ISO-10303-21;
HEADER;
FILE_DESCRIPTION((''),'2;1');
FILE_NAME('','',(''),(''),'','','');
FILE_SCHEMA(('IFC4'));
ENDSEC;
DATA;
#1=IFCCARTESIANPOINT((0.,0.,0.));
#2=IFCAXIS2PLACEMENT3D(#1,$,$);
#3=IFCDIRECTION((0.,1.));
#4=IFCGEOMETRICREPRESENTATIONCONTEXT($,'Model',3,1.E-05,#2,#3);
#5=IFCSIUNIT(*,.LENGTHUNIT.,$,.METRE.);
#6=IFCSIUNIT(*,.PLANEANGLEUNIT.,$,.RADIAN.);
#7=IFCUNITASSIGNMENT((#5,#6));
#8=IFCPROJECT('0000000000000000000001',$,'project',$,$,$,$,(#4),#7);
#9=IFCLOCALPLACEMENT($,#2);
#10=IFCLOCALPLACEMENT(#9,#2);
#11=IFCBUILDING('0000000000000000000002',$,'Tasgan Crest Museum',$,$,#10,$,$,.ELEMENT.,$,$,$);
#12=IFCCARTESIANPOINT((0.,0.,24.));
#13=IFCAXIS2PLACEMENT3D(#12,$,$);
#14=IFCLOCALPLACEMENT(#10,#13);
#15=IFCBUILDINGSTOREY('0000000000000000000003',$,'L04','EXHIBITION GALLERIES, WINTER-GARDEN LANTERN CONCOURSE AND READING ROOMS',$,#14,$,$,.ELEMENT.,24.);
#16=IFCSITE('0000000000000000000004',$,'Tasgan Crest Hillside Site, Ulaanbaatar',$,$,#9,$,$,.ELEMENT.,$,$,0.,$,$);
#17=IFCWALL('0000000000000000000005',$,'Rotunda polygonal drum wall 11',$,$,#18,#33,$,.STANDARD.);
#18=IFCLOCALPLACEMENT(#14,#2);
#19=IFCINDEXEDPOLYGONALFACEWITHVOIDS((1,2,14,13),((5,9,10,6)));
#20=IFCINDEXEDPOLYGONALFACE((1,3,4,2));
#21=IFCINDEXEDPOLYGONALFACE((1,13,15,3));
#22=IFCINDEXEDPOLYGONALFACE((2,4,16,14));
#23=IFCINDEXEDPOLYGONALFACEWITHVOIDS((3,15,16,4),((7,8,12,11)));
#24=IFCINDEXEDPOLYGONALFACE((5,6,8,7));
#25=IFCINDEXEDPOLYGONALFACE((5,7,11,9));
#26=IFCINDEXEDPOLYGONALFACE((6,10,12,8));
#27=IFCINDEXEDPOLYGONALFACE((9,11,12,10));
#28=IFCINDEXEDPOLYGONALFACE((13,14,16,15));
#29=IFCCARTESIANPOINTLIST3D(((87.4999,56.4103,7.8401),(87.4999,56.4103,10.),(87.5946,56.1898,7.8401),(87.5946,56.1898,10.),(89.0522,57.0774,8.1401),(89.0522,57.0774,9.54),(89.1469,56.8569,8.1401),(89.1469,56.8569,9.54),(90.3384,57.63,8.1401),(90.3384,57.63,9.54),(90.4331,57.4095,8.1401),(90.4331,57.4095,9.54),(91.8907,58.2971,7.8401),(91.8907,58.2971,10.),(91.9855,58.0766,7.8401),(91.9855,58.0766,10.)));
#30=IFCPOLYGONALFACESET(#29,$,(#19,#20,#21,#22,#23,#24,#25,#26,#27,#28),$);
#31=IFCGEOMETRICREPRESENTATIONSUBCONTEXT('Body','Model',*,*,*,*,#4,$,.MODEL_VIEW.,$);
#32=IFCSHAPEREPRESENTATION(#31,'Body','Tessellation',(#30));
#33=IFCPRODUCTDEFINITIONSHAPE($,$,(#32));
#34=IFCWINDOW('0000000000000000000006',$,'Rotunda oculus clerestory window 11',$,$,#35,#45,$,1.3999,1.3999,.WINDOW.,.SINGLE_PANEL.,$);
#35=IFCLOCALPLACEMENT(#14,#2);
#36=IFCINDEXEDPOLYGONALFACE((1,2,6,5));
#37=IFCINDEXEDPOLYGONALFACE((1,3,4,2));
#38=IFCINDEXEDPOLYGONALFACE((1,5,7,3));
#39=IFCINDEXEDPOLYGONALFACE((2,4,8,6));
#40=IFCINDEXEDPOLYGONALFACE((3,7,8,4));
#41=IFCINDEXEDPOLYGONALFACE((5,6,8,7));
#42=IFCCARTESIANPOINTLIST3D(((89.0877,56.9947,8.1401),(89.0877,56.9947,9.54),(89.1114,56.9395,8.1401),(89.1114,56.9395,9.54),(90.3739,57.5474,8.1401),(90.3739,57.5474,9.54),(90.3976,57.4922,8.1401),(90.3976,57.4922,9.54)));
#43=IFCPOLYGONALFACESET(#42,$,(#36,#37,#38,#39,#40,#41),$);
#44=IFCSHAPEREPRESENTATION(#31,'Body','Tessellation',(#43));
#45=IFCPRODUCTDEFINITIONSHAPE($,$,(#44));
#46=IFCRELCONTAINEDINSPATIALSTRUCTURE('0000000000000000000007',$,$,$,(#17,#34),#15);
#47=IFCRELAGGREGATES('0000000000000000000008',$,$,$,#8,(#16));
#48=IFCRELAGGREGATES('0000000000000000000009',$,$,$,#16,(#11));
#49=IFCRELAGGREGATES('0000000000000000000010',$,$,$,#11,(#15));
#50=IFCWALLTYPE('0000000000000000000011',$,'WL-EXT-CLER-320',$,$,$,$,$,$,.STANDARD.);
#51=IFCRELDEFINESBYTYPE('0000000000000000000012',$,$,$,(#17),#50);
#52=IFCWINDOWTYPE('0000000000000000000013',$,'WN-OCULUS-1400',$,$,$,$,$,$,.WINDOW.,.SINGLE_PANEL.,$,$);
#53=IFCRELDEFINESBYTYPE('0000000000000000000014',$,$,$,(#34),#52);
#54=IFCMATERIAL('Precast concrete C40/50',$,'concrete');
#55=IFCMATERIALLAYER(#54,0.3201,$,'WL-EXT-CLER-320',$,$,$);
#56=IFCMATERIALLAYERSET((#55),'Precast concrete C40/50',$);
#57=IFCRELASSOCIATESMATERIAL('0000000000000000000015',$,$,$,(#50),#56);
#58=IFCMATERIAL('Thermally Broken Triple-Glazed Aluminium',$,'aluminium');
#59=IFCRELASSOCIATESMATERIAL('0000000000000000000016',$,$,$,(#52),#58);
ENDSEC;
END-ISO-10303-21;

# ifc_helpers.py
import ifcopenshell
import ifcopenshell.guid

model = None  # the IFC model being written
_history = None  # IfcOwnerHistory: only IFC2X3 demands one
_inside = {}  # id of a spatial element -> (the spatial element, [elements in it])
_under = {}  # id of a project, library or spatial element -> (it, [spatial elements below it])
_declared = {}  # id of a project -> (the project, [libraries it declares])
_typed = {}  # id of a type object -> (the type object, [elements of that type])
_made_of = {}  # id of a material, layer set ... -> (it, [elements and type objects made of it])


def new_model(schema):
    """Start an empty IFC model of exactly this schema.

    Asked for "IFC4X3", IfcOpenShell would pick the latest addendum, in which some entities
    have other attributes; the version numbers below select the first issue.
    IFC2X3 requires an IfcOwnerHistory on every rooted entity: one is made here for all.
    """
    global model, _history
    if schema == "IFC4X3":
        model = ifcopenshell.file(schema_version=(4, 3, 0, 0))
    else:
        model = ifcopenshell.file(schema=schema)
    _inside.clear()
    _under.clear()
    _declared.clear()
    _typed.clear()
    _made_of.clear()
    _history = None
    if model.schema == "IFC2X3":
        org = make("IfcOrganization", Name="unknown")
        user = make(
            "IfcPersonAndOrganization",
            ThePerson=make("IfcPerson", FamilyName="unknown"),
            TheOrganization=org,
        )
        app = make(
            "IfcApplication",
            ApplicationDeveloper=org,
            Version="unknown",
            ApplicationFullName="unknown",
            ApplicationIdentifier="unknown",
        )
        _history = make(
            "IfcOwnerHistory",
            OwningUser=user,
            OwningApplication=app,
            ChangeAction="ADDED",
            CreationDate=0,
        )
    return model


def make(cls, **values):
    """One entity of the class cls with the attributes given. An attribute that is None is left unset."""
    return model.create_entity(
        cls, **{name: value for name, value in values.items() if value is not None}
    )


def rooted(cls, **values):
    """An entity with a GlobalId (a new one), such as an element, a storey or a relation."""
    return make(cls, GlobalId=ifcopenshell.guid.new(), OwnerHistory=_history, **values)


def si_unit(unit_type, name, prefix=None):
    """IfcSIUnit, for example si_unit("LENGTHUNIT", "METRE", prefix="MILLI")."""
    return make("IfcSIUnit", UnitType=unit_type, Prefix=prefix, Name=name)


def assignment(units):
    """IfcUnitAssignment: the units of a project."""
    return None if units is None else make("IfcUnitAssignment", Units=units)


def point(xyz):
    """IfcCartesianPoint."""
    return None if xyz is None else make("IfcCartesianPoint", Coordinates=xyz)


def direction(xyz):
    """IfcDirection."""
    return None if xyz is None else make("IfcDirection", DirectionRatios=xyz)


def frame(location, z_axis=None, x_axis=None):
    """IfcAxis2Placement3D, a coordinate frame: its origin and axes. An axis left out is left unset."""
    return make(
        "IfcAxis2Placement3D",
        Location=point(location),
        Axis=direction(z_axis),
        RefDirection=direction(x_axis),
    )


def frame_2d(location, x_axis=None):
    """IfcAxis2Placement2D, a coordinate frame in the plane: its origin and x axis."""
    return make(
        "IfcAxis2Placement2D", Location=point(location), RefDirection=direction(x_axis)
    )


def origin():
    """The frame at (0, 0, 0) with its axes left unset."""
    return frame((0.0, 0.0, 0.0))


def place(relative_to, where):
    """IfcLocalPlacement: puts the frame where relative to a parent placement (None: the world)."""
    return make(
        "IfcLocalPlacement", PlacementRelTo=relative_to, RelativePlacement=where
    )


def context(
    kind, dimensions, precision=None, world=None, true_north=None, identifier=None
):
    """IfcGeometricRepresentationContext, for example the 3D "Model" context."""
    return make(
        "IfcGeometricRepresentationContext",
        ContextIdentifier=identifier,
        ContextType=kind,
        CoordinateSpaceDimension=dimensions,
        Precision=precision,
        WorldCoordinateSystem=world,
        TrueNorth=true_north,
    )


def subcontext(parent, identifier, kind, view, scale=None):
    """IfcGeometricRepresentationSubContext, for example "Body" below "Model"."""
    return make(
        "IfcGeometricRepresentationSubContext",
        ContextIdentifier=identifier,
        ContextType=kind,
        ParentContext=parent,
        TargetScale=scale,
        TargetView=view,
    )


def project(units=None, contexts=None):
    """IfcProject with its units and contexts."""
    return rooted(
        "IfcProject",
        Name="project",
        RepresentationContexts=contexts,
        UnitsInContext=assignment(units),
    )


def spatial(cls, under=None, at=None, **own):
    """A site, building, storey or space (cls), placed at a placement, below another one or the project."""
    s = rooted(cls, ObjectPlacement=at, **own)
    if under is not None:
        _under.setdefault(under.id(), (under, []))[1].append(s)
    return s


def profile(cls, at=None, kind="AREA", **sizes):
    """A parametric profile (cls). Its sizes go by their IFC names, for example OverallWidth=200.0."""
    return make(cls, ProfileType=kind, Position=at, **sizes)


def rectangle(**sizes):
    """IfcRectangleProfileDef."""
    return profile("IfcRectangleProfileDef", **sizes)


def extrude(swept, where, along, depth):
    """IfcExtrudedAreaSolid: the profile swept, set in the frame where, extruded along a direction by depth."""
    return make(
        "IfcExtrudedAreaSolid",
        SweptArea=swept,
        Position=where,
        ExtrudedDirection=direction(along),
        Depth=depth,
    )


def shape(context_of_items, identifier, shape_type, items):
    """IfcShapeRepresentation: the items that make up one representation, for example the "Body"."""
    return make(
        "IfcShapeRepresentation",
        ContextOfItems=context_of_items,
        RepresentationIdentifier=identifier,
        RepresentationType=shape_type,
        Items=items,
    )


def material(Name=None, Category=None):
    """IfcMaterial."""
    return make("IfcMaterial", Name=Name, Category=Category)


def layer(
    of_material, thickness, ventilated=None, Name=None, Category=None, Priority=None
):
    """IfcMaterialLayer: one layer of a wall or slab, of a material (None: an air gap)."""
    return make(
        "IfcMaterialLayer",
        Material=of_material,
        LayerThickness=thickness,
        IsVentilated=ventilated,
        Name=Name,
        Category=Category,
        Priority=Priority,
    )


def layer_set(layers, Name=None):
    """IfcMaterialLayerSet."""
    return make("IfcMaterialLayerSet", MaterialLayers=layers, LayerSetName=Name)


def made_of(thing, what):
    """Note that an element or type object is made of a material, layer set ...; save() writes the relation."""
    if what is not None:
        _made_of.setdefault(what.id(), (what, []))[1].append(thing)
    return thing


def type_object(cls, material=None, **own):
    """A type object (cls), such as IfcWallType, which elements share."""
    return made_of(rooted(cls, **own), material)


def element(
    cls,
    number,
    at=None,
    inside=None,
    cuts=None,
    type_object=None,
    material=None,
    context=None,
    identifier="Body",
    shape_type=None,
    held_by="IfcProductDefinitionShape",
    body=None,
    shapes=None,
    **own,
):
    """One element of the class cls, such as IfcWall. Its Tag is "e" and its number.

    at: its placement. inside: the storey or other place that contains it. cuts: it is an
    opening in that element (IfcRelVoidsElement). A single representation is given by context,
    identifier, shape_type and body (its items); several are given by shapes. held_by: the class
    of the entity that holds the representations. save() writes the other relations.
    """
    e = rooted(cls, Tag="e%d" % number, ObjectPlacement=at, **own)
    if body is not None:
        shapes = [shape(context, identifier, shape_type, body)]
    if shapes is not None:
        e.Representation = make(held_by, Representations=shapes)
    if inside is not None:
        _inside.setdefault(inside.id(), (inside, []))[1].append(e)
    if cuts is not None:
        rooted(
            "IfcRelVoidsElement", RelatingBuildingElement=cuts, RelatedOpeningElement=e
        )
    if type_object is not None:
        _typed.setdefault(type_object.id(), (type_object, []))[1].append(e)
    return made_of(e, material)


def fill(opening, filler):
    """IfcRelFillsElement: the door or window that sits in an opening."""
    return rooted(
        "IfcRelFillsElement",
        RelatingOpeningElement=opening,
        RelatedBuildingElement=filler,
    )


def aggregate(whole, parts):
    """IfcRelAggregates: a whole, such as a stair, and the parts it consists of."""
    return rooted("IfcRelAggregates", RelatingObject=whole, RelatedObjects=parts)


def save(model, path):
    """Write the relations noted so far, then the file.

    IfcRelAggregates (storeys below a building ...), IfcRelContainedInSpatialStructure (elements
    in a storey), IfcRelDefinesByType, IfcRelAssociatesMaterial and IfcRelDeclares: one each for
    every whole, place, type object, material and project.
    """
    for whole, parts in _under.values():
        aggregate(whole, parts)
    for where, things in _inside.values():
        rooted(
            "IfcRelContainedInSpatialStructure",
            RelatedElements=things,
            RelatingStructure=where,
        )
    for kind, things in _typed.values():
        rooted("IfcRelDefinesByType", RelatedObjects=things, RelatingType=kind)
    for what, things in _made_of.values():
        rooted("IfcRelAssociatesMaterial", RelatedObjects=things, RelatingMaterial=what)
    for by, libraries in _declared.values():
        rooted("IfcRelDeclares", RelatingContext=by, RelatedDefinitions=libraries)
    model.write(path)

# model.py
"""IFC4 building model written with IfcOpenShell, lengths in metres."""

from ifc_helpers import new_model, si_unit, direction, frame, frame_2d, origin, place, context, subcontext, project, spatial, rectangle, extrude, material, layer, layer_set, type_object, element, fill, save


model = new_model("IFC4")

# Units and contexts
model_context = context("Model", 3, precision=1e-05, world=origin(), true_north=direction((0.0, 1.0)))
body_context = subcontext(model_context, "Body", "Model", "MODEL_VIEW")
ifc_project = project(units=[si_unit("LENGTHUNIT", "METRE"), si_unit("PLANEANGLEUNIT", "RADIAN")], contexts=[model_context])

# Site, building, storey
site_placement = place(None, origin())
site = spatial("IfcSite", under=ifc_project, at=site_placement, Name="Tasgan Crest Hillside Site, Ulaanbaatar", CompositionType="ELEMENT", RefElevation=0.0)
building_placement = place(site_placement, origin())
building = spatial("IfcBuilding", under=site, at=building_placement, Name="Tasgan Crest Museum", CompositionType="ELEMENT")
storey_placement = place(building_placement, frame((0.0, 0.0, 24.0)))
storey = spatial("IfcBuildingStorey", under=building, at=storey_placement, Name="L04", Description="EXHIBITION GALLERIES, WINTER-GARDEN LANTERN CONCOURSE AND READING ROOMS", CompositionType="ELEMENT", Elevation=24.0)

# Wall, opening, window
ifc_material_1 = material(Name="Precast concrete C40/50", Category="concrete")
ifc_layer_1 = layer(ifc_material_1, 0.3201, Name="WL-EXT-CLER-320")
ifc_layer_set_1 = layer_set([ifc_layer_1], Name="Precast concrete C40/50")
wall_type = type_object("IfcWallType", Name="WL-EXT-CLER-320", PredefinedType="STANDARD", material=ifc_layer_set_1)
wall_placement = place(storey_placement, frame((87.5471, 56.3, 7.8401), z_axis=(0.0, 0.0, 1.0), x_axis=(0.918772, 0.394788, 0.0)))
wall = element("IfcWall", 1, at=wall_placement, inside=storey, type_object=wall_type, Name="Rotunda polygonal drum wall 11", PredefinedType="STANDARD", context=body_context, shape_type="SweptSolid", body=[
    extrude(rectangle(XDim=4.7791, YDim=0.24, at=frame_2d((2.3896, 0.0))), origin(), (0.0, 0.0, 1.0), 2.1599),
])
opening_placement = place(wall_placement, frame((1.6897, 0.0, 0.3)))
opening = element("IfcOpeningElement", 2, at=opening_placement, cuts=wall, PredefinedType="OPENING", context=body_context, shape_type="SweptSolid", body=[
    extrude(rectangle(XDim=1.3999, YDim=1.3999, at=frame_2d((0.7, 0.7))), frame((0.0, 0.1299, 0.0), z_axis=(0.0, -1.0, 0.0), x_axis=(1.0, 0.0, 0.0)), (0.0, 0.0, 1.0), 0.26),
])
ifc_material_2 = material(Name="Thermally Broken Triple-Glazed Aluminium", Category="aluminium")
window_type = type_object("IfcWindowType", Name="WN-OCULUS-1400", PartitioningType="SINGLE_PANEL", PredefinedType="WINDOW", material=ifc_material_2)
window_placement = place(opening_placement, origin())
window = element("IfcWindow", 3, at=window_placement, inside=storey, type_object=window_type, Name="Rotunda oculus clerestory window 11", OverallHeight=1.3999, OverallWidth=1.3999, PartitioningType="SINGLE_PANEL", PredefinedType="WINDOW", context=body_context, shape_type="SweptSolid", body=[
    extrude(rectangle(XDim=1.3999, YDim=1.3999, at=frame_2d((0.7, 0.7))), frame((0.0, 0.03, 0.0), z_axis=(0.0, -1.0, 0.0), x_axis=(1.0, 0.0, 0.0)), (0.0, 0.0, 1.0), 0.0601),
])
fill(opening, window)

save(model, "model.ifc")
